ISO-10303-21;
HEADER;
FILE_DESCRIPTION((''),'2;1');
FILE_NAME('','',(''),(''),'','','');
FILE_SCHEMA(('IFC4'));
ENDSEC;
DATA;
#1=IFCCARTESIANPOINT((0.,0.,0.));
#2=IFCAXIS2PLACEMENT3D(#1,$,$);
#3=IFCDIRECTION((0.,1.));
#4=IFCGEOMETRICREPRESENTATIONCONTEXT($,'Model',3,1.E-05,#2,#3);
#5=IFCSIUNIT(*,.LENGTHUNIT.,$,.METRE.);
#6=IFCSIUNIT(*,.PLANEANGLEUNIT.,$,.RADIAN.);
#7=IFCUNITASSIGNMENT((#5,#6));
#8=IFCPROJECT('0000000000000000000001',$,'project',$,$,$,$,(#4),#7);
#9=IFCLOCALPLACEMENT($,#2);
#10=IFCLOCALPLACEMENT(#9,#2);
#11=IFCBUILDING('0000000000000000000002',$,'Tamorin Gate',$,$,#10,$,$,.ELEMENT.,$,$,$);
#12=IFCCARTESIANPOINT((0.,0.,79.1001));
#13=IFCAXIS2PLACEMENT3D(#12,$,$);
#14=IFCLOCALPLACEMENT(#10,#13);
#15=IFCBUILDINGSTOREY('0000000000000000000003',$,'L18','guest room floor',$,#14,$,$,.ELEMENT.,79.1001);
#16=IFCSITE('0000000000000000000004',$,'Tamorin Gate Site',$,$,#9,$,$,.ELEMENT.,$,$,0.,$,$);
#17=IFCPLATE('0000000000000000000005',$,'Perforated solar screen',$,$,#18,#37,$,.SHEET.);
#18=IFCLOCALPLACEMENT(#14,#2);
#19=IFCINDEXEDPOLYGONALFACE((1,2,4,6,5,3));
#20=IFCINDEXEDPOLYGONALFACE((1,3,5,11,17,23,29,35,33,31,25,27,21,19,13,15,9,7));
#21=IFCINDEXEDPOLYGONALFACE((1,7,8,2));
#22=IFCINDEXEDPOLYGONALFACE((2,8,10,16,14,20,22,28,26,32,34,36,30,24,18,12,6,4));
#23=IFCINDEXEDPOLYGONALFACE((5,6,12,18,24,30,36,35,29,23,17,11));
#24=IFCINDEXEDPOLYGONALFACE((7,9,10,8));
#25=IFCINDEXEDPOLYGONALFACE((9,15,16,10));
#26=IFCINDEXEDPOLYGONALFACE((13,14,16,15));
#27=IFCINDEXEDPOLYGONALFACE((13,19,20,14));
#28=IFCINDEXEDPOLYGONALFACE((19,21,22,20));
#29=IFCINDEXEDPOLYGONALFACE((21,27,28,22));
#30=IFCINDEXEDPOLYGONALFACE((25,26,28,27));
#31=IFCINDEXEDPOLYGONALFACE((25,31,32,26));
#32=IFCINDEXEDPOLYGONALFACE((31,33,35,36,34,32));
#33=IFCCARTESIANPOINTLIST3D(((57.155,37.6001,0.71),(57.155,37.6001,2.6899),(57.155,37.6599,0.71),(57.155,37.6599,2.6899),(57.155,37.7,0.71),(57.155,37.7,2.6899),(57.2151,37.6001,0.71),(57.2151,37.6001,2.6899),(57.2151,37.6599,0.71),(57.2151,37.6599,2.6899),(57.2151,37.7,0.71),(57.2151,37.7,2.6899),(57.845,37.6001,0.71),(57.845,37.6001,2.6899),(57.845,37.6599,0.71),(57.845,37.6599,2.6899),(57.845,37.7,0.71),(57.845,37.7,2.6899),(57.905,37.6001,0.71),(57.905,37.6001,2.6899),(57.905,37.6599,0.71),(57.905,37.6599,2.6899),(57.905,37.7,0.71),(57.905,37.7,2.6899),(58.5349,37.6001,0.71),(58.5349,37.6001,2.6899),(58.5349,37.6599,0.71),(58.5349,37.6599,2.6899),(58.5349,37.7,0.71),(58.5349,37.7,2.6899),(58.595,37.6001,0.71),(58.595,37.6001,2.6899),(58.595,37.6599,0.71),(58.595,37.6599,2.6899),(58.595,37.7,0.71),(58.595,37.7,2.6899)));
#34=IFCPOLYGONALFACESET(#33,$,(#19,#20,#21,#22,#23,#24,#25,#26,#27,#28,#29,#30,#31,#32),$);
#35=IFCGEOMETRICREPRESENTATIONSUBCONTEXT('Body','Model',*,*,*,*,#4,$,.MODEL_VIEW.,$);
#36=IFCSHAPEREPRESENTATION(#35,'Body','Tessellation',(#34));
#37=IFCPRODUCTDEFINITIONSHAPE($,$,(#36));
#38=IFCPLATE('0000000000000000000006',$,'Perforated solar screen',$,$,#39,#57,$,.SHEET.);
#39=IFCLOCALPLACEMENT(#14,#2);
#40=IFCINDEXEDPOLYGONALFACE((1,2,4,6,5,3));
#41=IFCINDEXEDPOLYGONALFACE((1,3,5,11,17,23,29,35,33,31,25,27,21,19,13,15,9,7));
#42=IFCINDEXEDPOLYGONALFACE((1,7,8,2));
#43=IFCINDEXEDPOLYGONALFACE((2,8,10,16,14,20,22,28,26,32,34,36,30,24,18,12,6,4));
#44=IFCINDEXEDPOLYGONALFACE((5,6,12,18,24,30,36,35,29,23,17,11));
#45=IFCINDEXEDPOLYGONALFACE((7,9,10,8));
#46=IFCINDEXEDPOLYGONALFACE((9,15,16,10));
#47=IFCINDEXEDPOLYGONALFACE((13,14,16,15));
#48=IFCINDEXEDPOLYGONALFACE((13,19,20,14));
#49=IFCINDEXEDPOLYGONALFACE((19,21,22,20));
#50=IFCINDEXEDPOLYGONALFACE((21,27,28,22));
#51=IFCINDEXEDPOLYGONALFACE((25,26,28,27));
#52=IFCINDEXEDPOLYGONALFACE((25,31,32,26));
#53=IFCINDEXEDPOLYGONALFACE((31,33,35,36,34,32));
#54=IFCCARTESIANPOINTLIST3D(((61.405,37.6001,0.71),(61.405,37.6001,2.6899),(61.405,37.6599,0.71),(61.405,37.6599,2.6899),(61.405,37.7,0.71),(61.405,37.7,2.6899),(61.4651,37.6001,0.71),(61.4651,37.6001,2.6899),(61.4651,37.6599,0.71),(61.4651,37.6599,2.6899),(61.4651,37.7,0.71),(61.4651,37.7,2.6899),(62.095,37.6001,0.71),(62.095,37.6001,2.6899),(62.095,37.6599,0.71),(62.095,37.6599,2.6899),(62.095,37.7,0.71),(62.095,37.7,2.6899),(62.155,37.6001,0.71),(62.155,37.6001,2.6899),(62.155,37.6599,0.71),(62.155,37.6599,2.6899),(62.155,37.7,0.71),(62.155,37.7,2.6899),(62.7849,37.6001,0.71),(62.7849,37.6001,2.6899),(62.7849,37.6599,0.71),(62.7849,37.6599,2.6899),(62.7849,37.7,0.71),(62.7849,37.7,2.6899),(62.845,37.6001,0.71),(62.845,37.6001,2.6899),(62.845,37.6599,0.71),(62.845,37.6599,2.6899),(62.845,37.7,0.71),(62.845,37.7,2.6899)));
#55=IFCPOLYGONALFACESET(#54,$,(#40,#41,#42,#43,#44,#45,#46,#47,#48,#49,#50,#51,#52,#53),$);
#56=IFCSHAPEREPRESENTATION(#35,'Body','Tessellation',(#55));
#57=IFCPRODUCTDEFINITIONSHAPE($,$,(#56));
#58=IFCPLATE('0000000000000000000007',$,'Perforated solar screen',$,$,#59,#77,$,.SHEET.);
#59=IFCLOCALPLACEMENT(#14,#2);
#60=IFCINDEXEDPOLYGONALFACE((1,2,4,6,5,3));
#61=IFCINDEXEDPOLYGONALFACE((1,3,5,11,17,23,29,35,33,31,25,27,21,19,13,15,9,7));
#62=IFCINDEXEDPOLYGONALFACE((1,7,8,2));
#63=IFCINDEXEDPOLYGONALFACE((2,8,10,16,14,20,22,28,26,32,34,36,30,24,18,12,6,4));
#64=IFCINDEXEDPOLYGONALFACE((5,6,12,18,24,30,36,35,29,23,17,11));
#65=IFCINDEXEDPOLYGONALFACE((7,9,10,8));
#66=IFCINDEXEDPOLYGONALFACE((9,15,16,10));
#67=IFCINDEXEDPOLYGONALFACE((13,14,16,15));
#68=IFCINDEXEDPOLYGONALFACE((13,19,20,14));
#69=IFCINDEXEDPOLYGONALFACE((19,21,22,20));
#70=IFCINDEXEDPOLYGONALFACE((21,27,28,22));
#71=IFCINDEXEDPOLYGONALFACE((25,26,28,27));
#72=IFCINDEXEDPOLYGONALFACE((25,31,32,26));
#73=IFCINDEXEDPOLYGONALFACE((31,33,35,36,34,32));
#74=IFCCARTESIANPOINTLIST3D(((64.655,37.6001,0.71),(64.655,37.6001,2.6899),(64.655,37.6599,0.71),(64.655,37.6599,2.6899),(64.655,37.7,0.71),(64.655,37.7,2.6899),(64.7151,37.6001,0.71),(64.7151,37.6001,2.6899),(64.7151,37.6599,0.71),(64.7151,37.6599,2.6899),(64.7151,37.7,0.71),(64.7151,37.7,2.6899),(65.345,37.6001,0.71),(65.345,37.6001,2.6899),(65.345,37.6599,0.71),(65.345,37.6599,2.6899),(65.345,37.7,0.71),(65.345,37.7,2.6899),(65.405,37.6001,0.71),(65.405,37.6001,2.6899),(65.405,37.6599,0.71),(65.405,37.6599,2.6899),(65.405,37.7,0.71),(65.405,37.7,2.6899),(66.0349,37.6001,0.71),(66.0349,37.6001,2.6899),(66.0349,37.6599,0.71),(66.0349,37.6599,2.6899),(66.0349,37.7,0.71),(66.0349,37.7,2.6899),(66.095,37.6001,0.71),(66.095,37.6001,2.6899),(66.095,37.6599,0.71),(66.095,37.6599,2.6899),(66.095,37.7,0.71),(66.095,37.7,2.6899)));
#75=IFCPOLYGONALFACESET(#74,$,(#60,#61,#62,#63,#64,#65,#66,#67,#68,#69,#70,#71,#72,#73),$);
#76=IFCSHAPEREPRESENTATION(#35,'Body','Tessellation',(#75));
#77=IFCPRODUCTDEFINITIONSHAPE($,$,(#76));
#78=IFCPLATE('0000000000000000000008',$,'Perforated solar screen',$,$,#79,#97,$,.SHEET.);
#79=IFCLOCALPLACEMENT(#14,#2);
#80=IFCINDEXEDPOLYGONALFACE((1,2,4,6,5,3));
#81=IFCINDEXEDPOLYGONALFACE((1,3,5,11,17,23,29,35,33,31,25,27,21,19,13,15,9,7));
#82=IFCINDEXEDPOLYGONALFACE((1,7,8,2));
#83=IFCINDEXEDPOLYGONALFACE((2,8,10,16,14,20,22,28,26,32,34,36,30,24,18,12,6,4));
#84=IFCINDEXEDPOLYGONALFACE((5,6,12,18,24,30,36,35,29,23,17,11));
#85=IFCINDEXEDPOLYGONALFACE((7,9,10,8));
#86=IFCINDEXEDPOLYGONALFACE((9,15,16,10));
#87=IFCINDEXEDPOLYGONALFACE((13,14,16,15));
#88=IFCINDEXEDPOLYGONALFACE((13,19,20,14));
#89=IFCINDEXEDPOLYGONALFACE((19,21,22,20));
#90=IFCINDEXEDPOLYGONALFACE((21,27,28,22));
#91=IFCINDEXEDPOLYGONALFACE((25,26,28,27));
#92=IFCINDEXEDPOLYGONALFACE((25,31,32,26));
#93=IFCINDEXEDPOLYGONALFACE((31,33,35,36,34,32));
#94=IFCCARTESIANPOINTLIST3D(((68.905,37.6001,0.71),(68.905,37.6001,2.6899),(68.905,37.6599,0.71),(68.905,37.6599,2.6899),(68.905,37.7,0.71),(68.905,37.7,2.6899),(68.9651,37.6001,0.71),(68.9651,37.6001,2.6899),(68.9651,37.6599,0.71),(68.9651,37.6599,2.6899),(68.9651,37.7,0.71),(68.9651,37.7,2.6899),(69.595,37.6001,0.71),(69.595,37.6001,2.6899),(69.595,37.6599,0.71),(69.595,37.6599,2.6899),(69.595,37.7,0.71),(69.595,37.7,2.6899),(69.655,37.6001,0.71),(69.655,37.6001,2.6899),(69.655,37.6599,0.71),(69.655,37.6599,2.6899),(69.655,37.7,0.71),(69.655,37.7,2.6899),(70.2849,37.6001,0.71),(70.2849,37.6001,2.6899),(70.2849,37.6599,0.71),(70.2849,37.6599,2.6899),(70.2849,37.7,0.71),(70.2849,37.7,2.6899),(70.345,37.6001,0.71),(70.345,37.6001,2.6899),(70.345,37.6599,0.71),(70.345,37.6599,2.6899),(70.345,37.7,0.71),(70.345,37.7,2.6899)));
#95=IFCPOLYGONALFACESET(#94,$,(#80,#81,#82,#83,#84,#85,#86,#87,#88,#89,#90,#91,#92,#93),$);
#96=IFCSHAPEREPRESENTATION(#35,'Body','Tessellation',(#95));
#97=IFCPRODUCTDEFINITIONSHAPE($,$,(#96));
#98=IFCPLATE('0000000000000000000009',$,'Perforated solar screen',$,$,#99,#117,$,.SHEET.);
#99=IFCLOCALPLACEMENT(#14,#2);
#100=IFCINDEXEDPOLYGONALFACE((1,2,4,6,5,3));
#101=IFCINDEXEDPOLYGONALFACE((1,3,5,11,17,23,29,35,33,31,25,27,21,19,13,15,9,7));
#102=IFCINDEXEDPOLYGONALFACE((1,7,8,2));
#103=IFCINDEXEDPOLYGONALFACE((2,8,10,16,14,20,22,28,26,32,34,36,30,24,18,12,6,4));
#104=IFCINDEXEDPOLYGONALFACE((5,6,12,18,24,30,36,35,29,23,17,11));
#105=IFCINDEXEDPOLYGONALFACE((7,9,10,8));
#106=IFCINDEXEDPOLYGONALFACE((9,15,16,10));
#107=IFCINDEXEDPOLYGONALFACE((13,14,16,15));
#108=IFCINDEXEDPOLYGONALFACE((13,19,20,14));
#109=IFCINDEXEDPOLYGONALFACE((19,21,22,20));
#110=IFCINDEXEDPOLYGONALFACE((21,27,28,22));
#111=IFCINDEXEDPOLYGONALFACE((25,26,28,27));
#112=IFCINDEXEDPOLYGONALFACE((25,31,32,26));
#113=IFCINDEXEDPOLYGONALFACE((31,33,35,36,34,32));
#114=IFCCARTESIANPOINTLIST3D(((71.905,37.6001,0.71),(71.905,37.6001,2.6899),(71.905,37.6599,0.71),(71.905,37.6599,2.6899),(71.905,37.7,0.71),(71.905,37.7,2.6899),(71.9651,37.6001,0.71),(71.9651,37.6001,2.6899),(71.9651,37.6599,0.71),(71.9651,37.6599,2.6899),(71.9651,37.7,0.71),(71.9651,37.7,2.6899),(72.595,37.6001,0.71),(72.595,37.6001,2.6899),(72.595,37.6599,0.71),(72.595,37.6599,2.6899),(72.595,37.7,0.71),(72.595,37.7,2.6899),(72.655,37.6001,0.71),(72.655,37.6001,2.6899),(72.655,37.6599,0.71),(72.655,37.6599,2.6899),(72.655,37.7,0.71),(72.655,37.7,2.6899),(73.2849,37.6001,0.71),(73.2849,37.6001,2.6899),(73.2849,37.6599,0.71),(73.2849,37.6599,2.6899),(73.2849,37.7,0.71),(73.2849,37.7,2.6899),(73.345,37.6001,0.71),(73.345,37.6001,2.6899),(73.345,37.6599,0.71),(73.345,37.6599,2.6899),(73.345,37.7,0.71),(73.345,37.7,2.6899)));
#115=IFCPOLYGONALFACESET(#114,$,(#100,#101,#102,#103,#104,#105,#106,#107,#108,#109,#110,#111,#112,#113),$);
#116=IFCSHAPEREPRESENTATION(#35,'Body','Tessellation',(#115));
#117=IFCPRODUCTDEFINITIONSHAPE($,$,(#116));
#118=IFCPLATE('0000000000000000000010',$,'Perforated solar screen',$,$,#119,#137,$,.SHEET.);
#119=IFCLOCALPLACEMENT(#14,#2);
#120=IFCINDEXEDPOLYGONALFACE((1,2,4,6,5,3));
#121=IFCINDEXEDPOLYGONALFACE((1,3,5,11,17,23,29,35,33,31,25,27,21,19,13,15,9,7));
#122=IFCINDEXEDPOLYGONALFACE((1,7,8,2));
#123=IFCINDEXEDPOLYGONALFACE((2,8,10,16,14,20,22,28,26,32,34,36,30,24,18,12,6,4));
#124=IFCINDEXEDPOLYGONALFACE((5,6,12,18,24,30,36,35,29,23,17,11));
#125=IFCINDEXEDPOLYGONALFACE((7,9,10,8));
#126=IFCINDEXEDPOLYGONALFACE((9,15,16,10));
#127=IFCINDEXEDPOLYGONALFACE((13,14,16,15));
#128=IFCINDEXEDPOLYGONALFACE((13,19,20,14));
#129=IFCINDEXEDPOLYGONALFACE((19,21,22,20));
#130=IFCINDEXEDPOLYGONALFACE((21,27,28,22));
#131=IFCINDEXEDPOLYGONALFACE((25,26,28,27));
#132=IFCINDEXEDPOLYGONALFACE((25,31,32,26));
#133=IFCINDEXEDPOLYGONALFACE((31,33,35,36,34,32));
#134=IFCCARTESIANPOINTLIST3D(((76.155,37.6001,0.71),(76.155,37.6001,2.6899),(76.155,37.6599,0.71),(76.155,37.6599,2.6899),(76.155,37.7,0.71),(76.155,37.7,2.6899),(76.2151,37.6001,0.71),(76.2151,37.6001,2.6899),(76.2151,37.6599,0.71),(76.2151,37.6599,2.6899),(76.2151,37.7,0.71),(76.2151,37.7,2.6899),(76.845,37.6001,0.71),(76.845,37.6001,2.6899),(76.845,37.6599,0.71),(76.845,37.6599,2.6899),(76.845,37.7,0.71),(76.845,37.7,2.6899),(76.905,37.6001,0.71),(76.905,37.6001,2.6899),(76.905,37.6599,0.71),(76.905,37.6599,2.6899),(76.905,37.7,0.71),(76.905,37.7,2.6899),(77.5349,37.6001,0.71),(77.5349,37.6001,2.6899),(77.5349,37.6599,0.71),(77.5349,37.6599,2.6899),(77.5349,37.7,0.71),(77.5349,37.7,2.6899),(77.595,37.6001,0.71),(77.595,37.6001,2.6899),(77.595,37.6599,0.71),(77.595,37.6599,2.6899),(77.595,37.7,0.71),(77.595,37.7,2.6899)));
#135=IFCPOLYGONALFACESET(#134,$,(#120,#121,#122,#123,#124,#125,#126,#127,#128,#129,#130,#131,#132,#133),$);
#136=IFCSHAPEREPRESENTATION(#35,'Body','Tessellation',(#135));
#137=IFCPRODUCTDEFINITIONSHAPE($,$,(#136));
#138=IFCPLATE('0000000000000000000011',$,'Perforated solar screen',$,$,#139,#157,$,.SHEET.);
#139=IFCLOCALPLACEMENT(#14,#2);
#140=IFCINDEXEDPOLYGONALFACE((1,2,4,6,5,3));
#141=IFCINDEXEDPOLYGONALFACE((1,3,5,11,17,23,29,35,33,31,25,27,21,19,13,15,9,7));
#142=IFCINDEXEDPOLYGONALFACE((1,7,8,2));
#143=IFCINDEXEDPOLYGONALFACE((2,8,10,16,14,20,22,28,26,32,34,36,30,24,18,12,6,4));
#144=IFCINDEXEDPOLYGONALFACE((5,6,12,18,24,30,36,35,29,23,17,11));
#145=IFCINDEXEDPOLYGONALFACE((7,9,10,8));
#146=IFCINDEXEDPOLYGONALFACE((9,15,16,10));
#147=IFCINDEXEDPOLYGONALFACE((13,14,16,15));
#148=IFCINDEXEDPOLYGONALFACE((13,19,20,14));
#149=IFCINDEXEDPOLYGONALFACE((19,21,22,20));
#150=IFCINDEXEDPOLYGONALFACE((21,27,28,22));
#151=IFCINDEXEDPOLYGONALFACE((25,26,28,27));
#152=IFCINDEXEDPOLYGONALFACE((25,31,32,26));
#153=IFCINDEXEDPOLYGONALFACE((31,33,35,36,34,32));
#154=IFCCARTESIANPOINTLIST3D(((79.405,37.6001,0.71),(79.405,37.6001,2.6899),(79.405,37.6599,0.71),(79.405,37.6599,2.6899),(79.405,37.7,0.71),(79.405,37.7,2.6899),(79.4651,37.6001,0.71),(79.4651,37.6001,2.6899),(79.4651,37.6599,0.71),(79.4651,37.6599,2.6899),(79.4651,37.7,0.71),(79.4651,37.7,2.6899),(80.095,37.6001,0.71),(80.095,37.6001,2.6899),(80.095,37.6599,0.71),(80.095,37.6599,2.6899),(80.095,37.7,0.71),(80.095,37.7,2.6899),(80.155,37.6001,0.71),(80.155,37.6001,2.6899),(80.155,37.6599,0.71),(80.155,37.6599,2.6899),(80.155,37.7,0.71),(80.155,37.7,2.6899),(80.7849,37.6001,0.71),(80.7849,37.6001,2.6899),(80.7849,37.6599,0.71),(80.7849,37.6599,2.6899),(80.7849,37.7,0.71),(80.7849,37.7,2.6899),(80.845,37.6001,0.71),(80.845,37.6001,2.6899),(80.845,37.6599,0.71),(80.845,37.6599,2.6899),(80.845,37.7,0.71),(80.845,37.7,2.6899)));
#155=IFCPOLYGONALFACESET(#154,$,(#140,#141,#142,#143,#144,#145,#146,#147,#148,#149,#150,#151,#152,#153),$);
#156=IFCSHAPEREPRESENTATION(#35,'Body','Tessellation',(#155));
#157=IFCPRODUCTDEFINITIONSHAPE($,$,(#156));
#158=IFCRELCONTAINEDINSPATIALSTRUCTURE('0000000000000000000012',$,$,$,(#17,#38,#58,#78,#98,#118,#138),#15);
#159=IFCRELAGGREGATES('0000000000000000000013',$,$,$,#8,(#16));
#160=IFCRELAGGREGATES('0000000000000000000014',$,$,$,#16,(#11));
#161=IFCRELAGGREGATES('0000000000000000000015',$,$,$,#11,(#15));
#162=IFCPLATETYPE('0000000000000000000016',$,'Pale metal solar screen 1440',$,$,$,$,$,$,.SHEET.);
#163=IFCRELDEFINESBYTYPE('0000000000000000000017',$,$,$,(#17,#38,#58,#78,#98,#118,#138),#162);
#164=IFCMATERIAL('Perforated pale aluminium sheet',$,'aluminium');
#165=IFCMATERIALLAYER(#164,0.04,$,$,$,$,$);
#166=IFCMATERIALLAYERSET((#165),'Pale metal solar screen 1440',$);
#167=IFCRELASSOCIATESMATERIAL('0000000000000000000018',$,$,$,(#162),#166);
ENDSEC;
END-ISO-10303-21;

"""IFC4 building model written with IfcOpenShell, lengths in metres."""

from ifc_helpers import new_model, si_unit, direction, frame, origin, place, context, subcontext, project, spatial, polyline, outline, extrude, material, layer, layer_set, type_object, element, save


model = new_model("IFC4")

# Units and contexts
model_context = context("Model", 3, precision=1e-05, world=origin(), true_north=direction((0.0, 1.0)))
body_context = subcontext(model_context, "Body", "Model", "MODEL_VIEW")
ifc_project = project(units=[si_unit("LENGTHUNIT", "METRE"), si_unit("PLANEANGLEUNIT", "RADIAN")], contexts=[model_context])

# Site, building, storey
site_placement = place(None, origin())
site = spatial("IfcSite", under=ifc_project, at=site_placement, Name="Tamorin Gate Site", CompositionType="ELEMENT", RefElevation=0.0)
building_placement = place(site_placement, origin())
building = spatial("IfcBuilding", under=site, at=building_placement, Name="Tamorin Gate", CompositionType="ELEMENT")
storey_placement = place(building_placement, frame((0.0, 0.0, 79.1001)))
storey = spatial("IfcBuildingStorey", under=building, at=storey_placement, Name="L18", Description="guest room floor", CompositionType="ELEMENT", Elevation=79.1001)

# Plates
ifc_material_1 = material(Name="Perforated pale aluminium sheet", Category="aluminium")
ifc_layer_1 = layer(ifc_material_1, 0.04)
ifc_layer_set_1 = layer_set([ifc_layer_1], Name="Pale metal solar screen 1440")
plate_type = type_object("IfcPlateType", Name="Pale metal solar screen 1440", PredefinedType="SHEET", material=ifc_layer_set_1)
plate_1_placement = place(storey_placement, frame((0.0, 0.0, 0.71)))
element("IfcPlate", 1, at=plate_1_placement, inside=storey, type_object=plate_type, Name="Perforated solar screen", PredefinedType="SHEET", context=body_context, shape_type="SweptSolid", body=[
    extrude(outline(polyline([(57.155, 37.6599), (57.155, 37.7), (57.2151, 37.7), (57.845, 37.7), (57.905, 37.7), (58.5349, 37.7), (58.595, 37.7), (58.595, 37.6599), (58.595, 37.6001), (58.5349, 37.6001), (58.5349, 37.6599), (57.905, 37.6599), (57.905, 37.6001), (57.845, 37.6001), (57.845, 37.6599), (57.2151, 37.6599), (57.2151, 37.6001), (57.155, 37.6001), (57.155, 37.6599)])), origin(), (0.0, 0.0, 1.0), 1.98),
])
plate_2_placement = place(storey_placement, frame((0.0, 0.0, 0.71)))
element("IfcPlate", 2, at=plate_2_placement, inside=storey, type_object=plate_type, Name="Perforated solar screen", PredefinedType="SHEET", context=body_context, shape_type="SweptSolid", body=[
    extrude(outline(polyline([(61.405, 37.6599), (61.405, 37.7), (61.4651, 37.7), (62.095, 37.7), (62.155, 37.7), (62.7849, 37.7), (62.845, 37.7), (62.845, 37.6599), (62.845, 37.6001), (62.7849, 37.6001), (62.7849, 37.6599), (62.155, 37.6599), (62.155, 37.6001), (62.095, 37.6001), (62.095, 37.6599), (61.4651, 37.6599), (61.4651, 37.6001), (61.405, 37.6001), (61.405, 37.6599)])), origin(), (0.0, 0.0, 1.0), 1.98),
])
plate_3_placement = place(storey_placement, frame((0.0, 0.0, 0.71)))
element("IfcPlate", 3, at=plate_3_placement, inside=storey, type_object=plate_type, Name="Perforated solar screen", PredefinedType="SHEET", context=body_context, shape_type="SweptSolid", body=[
    extrude(outline(polyline([(64.655, 37.6599), (64.655, 37.7), (64.7151, 37.7), (65.345, 37.7), (65.405, 37.7), (66.0349, 37.7), (66.095, 37.7), (66.095, 37.6599), (66.095, 37.6001), (66.0349, 37.6001), (66.0349, 37.6599), (65.405, 37.6599), (65.405, 37.6001), (65.345, 37.6001), (65.345, 37.6599), (64.7151, 37.6599), (64.7151, 37.6001), (64.655, 37.6001), (64.655, 37.6599)])), origin(), (0.0, 0.0, 1.0), 1.98),
])
plate_4_placement = place(storey_placement, frame((0.0, 0.0, 0.71)))
element("IfcPlate", 4, at=plate_4_placement, inside=storey, type_object=plate_type, Name="Perforated solar screen", PredefinedType="SHEET", context=body_context, shape_type="SweptSolid", body=[
    extrude(outline(polyline([(68.905, 37.6599), (68.905, 37.7), (68.9651, 37.7), (69.595, 37.7), (69.655, 37.7), (70.2849, 37.7), (70.345, 37.7), (70.345, 37.6599), (70.345, 37.6001), (70.2849, 37.6001), (70.2849, 37.6599), (69.655, 37.6599), (69.655, 37.6001), (69.595, 37.6001), (69.595, 37.6599), (68.9651, 37.6599), (68.9651, 37.6001), (68.905, 37.6001), (68.905, 37.6599)])), origin(), (0.0, 0.0, 1.0), 1.98),
])
plate_5_placement = place(storey_placement, frame((0.0, 0.0, 0.71)))
element("IfcPlate", 5, at=plate_5_placement, inside=storey, type_object=plate_type, Name="Perforated solar screen", PredefinedType="SHEET", context=body_context, shape_type="SweptSolid", body=[
    extrude(outline(polyline([(71.905, 37.6599), (71.905, 37.7), (71.9651, 37.7), (72.595, 37.7), (72.655, 37.7), (73.2849, 37.7), (73.345, 37.7), (73.345, 37.6599), (73.345, 37.6001), (73.2849, 37.6001), (73.2849, 37.6599), (72.655, 37.6599), (72.655, 37.6001), (72.595, 37.6001), (72.595, 37.6599), (71.9651, 37.6599), (71.9651, 37.6001), (71.905, 37.6001), (71.905, 37.6599)])), origin(), (0.0, 0.0, 1.0), 1.98),
])
plate_6_placement = place(storey_placement, frame((0.0, 0.0, 0.71)))
element("IfcPlate", 6, at=plate_6_placement, inside=storey, type_object=plate_type, Name="Perforated solar screen", PredefinedType="SHEET", context=body_context, shape_type="SweptSolid", body=[
    extrude(outline(polyline([(76.155, 37.6599), (76.155, 37.7), (76.2151, 37.7), (76.845, 37.7), (76.905, 37.7), (77.5349, 37.7), (77.595, 37.7), (77.595, 37.6599), (77.595, 37.6001), (77.5349, 37.6001), (77.5349, 37.6599), (76.905, 37.6599), (76.905, 37.6001), (76.845, 37.6001), (76.845, 37.6599), (76.2151, 37.6599), (76.2151, 37.6001), (76.155, 37.6001), (76.155, 37.6599)])), origin(), (0.0, 0.0, 1.0), 1.98),
])
plate_7_placement = place(storey_placement, frame((0.0, 0.0, 0.71)))
element("IfcPlate", 7, at=plate_7_placement, inside=storey, type_object=plate_type, Name="Perforated solar screen", PredefinedType="SHEET", context=body_context, shape_type="SweptSolid", body=[
    extrude(outline(polyline([(79.405, 37.6599), (79.405, 37.7), (79.4651, 37.7), (80.095, 37.7), (80.155, 37.7), (80.7849, 37.7), (80.845, 37.7), (80.845, 37.6599), (80.845, 37.6001), (80.7849, 37.6001), (80.7849, 37.6599), (80.155, 37.6599), (80.155, 37.6001), (80.095, 37.6001), (80.095, 37.6599), (79.4651, 37.6599), (79.4651, 37.6001), (79.405, 37.6001), (79.405, 37.6599)])), origin(), (0.0, 0.0, 1.0), 1.98),
])

save(model, "model.ifc")
